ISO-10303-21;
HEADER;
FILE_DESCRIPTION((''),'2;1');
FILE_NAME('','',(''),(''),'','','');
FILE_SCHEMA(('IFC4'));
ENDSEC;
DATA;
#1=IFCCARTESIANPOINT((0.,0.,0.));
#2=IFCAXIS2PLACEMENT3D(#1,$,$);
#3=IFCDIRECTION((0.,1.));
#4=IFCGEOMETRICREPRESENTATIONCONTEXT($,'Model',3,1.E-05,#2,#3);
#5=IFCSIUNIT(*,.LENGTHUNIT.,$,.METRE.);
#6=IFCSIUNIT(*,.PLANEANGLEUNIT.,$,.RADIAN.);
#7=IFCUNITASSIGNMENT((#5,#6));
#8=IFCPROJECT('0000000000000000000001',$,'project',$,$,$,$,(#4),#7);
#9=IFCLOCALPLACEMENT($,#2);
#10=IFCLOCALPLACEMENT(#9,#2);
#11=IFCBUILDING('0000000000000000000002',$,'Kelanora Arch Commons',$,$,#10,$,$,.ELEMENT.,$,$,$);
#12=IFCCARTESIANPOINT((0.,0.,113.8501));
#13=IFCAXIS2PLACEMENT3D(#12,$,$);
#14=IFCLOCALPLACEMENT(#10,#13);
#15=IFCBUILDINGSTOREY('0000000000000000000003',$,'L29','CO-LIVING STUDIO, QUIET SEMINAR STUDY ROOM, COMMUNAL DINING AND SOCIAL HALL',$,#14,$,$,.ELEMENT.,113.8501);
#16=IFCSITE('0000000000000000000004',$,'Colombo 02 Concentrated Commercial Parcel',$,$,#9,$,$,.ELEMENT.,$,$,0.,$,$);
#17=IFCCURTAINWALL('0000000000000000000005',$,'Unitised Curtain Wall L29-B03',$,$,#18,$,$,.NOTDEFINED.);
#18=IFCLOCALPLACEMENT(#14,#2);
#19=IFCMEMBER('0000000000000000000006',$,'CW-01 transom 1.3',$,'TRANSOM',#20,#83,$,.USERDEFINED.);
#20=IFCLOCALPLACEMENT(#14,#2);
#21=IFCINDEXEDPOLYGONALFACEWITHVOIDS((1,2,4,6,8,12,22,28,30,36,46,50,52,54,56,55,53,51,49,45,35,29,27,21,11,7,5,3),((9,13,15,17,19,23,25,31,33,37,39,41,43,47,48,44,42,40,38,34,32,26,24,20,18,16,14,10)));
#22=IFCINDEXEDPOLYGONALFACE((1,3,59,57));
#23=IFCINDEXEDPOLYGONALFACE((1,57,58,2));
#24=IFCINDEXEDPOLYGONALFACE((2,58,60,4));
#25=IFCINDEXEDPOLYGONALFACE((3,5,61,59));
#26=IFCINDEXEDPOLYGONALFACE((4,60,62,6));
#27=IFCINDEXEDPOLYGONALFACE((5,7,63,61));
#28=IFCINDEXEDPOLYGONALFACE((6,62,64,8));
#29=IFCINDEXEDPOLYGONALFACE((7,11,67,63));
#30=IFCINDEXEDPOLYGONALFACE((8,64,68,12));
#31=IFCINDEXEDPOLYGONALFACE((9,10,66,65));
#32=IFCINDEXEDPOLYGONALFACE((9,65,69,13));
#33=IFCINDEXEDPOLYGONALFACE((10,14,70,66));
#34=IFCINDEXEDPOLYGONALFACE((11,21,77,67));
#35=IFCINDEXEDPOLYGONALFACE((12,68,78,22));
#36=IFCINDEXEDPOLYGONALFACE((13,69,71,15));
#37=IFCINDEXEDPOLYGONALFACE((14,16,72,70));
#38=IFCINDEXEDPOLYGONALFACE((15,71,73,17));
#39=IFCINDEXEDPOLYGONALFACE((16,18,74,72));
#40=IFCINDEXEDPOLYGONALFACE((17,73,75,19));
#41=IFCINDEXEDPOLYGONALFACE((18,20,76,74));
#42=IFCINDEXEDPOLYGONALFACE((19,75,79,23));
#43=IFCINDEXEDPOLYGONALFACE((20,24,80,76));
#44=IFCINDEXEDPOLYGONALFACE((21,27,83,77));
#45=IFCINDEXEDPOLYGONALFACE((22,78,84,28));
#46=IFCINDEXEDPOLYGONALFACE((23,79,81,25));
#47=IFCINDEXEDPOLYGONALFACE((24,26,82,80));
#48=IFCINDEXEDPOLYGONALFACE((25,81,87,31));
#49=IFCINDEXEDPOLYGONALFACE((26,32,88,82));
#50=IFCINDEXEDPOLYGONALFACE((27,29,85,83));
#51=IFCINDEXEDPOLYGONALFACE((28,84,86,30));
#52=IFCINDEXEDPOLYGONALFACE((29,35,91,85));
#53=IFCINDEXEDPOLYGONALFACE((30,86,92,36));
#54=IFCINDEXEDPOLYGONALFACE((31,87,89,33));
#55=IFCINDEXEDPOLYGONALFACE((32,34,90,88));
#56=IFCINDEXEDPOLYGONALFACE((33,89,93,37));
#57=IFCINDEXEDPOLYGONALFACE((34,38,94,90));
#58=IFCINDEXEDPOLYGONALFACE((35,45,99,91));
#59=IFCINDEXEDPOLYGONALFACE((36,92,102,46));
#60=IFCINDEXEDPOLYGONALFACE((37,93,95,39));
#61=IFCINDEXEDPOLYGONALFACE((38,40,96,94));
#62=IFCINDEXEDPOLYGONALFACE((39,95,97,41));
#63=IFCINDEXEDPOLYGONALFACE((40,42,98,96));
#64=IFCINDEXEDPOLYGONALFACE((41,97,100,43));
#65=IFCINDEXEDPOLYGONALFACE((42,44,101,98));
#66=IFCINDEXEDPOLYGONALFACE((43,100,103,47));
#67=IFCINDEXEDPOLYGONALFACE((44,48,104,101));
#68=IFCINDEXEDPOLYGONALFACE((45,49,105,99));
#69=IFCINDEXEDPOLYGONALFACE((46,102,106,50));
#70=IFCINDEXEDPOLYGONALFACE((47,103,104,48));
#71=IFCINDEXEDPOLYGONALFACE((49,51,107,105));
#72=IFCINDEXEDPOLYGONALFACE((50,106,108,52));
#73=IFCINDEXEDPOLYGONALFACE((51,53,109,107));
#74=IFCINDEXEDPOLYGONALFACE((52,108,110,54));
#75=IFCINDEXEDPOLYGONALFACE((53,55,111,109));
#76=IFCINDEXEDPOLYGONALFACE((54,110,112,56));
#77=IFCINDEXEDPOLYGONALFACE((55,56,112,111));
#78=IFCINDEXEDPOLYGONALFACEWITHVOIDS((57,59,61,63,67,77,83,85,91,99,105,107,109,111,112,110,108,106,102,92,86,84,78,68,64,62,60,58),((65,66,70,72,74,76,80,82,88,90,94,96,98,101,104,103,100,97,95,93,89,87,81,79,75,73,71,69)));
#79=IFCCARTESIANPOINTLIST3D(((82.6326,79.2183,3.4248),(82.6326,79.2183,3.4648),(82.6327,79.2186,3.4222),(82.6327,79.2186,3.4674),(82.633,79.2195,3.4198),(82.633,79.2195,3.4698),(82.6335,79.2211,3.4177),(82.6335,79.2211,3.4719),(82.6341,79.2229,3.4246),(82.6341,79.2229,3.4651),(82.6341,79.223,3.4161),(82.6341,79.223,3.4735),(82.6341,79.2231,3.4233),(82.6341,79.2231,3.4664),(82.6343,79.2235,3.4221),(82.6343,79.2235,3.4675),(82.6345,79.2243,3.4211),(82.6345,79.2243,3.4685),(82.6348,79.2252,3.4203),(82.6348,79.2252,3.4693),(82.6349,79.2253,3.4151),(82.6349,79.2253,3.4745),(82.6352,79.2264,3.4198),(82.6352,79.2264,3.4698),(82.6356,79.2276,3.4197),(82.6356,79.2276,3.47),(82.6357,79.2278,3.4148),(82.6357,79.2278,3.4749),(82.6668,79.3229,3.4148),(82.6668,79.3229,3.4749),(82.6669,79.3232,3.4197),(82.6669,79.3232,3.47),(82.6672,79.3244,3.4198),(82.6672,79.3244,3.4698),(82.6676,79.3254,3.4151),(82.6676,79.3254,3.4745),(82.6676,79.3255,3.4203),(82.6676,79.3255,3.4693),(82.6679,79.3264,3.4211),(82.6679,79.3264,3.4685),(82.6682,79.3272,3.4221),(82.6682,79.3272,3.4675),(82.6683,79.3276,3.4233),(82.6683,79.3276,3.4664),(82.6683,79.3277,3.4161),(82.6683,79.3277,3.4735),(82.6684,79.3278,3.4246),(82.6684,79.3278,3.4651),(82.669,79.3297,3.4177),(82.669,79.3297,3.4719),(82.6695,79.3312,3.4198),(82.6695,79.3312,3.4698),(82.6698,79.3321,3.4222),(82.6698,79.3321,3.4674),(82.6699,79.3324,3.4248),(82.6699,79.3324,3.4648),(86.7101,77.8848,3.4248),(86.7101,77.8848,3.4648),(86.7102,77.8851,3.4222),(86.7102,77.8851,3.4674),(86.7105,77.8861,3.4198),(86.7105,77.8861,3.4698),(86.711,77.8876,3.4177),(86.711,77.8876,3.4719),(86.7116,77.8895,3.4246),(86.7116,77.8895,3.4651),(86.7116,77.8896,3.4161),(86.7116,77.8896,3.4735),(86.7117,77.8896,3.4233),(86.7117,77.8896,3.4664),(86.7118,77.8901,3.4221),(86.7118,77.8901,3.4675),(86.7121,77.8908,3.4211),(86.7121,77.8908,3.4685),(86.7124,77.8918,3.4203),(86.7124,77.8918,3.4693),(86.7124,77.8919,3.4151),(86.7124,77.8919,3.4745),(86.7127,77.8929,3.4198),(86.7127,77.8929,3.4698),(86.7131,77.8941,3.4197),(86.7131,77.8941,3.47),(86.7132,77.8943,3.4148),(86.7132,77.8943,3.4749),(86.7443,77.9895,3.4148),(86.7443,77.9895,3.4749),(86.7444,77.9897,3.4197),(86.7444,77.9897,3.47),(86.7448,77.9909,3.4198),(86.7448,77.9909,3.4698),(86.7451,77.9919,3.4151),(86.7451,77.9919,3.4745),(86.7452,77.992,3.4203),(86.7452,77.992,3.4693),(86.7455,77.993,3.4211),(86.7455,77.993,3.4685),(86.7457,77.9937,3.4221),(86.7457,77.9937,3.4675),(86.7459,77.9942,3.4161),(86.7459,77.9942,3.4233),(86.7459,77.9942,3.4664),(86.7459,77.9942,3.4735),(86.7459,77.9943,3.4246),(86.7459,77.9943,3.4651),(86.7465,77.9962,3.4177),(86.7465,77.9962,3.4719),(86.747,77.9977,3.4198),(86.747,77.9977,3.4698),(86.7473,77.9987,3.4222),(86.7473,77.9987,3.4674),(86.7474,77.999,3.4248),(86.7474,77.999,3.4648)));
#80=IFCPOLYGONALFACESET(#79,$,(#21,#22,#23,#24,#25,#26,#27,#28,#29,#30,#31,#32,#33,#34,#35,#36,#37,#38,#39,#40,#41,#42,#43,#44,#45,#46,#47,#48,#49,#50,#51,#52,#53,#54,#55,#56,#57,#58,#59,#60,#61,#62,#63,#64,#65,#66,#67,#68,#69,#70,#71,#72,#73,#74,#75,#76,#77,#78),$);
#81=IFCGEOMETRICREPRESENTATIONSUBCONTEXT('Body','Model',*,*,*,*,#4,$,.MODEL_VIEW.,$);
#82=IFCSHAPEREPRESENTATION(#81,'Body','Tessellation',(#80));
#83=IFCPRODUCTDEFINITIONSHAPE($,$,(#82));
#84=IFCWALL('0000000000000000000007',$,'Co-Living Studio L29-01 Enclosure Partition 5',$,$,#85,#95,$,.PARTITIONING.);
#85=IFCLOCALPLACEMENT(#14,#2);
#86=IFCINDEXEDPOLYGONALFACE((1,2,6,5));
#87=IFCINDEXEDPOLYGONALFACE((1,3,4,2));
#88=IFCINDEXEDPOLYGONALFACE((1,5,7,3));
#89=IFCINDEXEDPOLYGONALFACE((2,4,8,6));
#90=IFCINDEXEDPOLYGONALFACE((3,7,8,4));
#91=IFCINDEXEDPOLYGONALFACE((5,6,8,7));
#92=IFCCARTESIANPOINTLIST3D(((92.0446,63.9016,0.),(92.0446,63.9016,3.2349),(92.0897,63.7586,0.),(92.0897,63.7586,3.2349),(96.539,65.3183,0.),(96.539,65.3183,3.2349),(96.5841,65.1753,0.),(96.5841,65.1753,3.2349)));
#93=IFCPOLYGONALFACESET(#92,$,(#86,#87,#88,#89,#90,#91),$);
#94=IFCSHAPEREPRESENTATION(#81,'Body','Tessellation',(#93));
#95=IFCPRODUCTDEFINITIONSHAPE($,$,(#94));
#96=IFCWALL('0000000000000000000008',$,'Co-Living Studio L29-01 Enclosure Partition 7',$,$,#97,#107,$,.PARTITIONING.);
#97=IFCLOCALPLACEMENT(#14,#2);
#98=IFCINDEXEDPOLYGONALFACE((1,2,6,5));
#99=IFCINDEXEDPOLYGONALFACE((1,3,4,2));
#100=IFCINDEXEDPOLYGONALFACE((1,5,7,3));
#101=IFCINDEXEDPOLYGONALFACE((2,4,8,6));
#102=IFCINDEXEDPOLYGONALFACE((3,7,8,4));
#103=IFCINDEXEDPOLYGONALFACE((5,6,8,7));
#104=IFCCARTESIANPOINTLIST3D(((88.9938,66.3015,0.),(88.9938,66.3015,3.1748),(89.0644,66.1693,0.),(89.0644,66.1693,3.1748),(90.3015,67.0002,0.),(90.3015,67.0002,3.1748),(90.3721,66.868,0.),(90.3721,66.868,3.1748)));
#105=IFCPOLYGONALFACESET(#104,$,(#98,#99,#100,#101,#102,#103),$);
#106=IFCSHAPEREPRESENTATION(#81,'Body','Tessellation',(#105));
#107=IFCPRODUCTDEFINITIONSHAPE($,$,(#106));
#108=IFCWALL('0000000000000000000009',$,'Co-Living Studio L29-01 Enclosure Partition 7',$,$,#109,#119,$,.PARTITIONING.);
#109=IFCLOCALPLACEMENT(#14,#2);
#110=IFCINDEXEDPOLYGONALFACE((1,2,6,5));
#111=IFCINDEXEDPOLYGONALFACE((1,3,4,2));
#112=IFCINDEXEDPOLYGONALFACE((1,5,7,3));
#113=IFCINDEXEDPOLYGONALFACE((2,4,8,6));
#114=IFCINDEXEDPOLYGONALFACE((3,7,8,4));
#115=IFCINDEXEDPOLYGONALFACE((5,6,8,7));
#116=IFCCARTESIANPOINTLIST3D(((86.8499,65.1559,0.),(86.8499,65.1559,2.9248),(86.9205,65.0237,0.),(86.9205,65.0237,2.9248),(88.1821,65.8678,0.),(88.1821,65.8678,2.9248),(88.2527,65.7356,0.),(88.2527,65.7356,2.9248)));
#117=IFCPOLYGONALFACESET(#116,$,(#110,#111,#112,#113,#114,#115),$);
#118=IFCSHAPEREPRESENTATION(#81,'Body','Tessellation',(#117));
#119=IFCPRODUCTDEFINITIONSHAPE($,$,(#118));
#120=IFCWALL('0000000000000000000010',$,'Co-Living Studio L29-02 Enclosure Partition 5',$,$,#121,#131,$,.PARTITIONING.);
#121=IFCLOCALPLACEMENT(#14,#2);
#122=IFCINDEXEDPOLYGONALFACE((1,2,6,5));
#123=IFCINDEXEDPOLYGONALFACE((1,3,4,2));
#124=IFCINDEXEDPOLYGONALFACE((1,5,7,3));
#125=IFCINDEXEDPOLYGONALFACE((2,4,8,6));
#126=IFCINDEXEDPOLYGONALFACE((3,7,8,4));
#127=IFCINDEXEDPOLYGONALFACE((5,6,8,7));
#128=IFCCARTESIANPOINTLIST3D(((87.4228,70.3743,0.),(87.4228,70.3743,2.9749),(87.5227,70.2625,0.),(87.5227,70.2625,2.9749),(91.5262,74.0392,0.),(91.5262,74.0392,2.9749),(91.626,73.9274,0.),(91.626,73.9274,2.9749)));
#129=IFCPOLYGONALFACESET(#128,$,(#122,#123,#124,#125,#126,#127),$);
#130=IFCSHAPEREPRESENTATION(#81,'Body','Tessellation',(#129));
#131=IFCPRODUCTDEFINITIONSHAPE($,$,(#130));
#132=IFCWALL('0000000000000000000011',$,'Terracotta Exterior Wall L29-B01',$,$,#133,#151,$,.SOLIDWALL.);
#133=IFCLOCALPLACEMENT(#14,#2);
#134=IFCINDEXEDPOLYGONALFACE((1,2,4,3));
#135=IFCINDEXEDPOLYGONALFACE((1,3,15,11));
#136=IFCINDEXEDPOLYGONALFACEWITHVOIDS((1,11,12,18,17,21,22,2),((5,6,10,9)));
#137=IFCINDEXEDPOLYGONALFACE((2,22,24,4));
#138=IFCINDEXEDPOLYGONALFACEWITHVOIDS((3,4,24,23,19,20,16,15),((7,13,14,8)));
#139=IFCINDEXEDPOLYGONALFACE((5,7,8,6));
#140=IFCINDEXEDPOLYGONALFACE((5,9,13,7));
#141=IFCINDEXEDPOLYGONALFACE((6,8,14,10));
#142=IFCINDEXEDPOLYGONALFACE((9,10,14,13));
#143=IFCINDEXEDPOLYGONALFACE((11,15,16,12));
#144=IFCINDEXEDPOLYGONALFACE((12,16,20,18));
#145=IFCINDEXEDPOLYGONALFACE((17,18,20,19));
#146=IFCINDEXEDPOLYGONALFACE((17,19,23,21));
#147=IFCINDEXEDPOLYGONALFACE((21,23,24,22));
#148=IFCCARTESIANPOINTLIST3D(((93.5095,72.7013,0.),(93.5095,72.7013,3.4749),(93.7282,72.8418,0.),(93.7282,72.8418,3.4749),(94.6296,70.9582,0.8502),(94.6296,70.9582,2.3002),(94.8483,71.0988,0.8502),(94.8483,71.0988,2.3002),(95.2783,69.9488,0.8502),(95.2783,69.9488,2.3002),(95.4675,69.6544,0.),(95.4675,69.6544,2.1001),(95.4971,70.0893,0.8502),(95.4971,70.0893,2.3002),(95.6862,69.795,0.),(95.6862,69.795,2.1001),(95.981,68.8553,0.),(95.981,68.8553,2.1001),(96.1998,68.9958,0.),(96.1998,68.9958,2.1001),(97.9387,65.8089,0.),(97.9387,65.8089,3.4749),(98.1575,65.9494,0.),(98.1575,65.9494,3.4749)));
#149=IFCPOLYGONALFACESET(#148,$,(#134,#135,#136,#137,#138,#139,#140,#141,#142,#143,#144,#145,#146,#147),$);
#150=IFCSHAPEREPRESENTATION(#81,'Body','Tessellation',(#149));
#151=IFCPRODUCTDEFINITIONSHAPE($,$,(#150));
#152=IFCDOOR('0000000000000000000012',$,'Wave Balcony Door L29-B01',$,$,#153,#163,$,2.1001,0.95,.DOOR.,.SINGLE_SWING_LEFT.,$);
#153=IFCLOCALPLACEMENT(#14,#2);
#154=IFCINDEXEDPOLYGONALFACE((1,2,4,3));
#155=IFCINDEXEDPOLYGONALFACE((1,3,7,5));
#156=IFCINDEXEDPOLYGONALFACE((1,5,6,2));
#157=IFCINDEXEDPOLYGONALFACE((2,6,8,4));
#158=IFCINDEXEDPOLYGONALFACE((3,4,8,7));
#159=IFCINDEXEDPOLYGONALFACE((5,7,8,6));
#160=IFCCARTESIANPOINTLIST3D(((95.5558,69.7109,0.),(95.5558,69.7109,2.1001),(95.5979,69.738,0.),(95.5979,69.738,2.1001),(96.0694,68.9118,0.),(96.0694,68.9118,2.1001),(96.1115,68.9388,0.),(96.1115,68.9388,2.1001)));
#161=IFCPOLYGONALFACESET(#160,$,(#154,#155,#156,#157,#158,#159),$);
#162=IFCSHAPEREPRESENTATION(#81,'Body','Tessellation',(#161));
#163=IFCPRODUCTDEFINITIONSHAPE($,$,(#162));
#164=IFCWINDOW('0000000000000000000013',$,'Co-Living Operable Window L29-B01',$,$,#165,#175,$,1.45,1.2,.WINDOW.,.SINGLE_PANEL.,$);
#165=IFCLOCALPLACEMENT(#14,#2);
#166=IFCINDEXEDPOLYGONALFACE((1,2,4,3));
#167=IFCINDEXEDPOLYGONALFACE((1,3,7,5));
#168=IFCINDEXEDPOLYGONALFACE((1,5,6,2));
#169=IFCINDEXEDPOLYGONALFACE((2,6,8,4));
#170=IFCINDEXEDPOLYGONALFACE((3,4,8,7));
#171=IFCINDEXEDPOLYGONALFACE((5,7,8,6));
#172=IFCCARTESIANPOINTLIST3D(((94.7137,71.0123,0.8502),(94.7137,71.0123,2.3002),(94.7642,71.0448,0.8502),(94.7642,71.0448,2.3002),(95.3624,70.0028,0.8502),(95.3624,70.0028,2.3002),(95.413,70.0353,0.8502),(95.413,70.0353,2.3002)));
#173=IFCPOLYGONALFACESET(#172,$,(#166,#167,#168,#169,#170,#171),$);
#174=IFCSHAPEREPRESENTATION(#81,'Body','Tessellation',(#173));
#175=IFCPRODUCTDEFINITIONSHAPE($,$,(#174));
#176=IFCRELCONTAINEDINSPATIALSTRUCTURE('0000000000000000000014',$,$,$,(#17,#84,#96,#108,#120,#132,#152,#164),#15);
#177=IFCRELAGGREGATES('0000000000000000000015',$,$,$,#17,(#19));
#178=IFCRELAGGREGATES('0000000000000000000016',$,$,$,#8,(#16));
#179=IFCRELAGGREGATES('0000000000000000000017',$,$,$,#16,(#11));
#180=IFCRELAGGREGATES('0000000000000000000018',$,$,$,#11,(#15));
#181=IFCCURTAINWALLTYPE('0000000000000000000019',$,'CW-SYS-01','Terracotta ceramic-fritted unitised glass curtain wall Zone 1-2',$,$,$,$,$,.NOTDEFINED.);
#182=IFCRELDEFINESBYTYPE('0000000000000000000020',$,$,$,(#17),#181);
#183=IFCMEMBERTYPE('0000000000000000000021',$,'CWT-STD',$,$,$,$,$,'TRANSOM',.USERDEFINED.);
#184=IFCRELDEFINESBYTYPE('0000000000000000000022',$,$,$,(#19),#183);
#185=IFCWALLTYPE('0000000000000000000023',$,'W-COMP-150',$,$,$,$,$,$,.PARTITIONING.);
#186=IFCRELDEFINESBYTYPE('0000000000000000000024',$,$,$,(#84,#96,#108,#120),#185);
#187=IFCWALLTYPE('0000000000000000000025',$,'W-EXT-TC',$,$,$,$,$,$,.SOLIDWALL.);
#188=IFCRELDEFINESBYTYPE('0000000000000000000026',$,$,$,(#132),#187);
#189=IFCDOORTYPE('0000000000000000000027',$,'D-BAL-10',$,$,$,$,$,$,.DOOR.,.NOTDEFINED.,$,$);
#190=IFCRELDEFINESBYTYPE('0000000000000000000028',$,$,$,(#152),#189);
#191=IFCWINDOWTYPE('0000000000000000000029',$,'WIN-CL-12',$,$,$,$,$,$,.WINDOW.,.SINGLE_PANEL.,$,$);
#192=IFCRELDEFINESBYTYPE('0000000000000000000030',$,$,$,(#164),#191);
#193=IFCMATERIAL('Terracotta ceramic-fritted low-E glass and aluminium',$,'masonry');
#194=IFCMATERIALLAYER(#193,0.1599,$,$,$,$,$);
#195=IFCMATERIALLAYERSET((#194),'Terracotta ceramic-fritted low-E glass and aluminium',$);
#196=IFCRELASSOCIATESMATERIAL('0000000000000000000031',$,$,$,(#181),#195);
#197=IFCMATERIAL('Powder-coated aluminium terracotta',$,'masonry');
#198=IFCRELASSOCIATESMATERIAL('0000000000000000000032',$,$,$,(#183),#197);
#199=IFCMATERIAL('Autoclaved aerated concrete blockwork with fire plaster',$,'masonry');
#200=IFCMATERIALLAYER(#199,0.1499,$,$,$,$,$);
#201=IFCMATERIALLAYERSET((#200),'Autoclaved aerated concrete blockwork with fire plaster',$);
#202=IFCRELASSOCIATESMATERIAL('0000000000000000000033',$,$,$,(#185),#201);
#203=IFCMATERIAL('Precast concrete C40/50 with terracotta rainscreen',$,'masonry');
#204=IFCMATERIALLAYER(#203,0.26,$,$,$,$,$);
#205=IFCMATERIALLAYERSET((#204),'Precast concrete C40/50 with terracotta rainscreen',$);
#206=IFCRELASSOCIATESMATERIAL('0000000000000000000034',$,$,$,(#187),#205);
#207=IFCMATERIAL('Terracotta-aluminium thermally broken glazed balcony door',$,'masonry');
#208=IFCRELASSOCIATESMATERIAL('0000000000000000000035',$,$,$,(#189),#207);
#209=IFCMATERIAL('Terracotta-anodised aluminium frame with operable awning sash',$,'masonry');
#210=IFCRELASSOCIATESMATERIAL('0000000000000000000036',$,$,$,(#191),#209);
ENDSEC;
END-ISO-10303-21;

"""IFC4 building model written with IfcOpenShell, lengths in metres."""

from ifc_helpers import new_model, si_unit, direction, frame, frame_2d, origin, origin_2d, place, context, subcontext, project, spatial, rectangle, hollow_rectangle, extrude, material, layer, layer_set, material_profile, profile_set, type_object, element, fill, aggregate, save


model = new_model("IFC4")

# Units and contexts
model_context = context("Model", 3, precision=1e-05, world=origin(), true_north=direction((0.0, 1.0)))
body_context = subcontext(model_context, "Body", "Model", "MODEL_VIEW")
ifc_project = project(units=[si_unit("LENGTHUNIT", "METRE"), si_unit("PLANEANGLEUNIT", "RADIAN")], contexts=[model_context])

# Site, building, storey
site_placement = place(None, origin())
site = spatial("IfcSite", under=ifc_project, at=site_placement, Name="Colombo 02 Concentrated Commercial Parcel", CompositionType="ELEMENT", RefElevation=0.0)
building_placement = place(site_placement, origin())
building = spatial("IfcBuilding", under=site, at=building_placement, Name="Kelanora Arch Commons", CompositionType="ELEMENT")
storey_placement = place(building_placement, frame((0.0, 0.0, 113.8501)))
storey = spatial("IfcBuildingStorey", under=building, at=storey_placement, Name="L29", Description="CO-LIVING STUDIO, QUIET SEMINAR STUDY ROOM, COMMUNAL DINING AND SOCIAL HALL", CompositionType="ELEMENT", Elevation=113.8501)

# Shared definitions
ifc_material_1 = material(Name="Terracotta ceramic-fritted low-E glass and aluminium", Category="masonry")
ifc_layer_1 = layer(ifc_material_1, 0.1599)
ifc_layer_set_1 = layer_set([ifc_layer_1], Name="Terracotta ceramic-fritted low-E glass and aluminium")
curtain_wall_type = type_object("IfcCurtainWallType", Name="CW-SYS-01", Description="Terracotta ceramic-fritted unitised glass curtain wall Zone 1-2", PredefinedType="NOTDEFINED", material=ifc_layer_set_1)
ifc_material_2 = material(Name="Powder-coated aluminium terracotta", Category="masonry")

# Curtain wall, member
curtain_wall_1_placement = place(storey_placement, origin())
curtain_wall_1 = element("IfcCurtainWall", 1, at=curtain_wall_1_placement, inside=storey, type_object=curtain_wall_type, Name="Unitised Curtain Wall L29-B03", PredefinedType="NOTDEFINED")
ifc_material_profile_1 = material_profile(ifc_material_2, hollow_rectangle(XDim=0.1201, YDim=0.0601, WallThickness=0.0049, InnerFilletRadius=0.0049, OuterFilletRadius=0.01, at=origin_2d()), Name="CWT120x60")
ifc_profile_set_1 = profile_set([ifc_material_profile_1], Name="Powder-coated aluminium terracotta")
member_type_1 = type_object("IfcMemberType", Name="CWT-STD", ElementType="TRANSOM", PredefinedType="USERDEFINED", material=ifc_profile_set_1)
member_1_placement = place(storey_placement, frame((86.7288, 77.9419, 3.4448), z_axis=(-0.950466, 0.310828, 0.0), x_axis=(-0.310828, -0.950466, 0.0)))
member_1 = element("IfcMember", 2, at=member_1_placement, type_object=member_type_1, Name="CW-01 transom 1.3", ObjectType="TRANSOM", PredefinedType="USERDEFINED", context=body_context, shape_type="SweptSolid", body=[
    extrude(hollow_rectangle(XDim=0.1201, YDim=0.0601, WallThickness=0.0049, InnerFilletRadius=0.0049, OuterFilletRadius=0.01, at=origin_2d()), origin(), (0.0, 0.0, 1.0), 4.29),
])
aggregate(curtain_wall_1, [member_1])

# Walls
ifc_material_3 = material(Name="Autoclaved aerated concrete blockwork with fire plaster", Category="masonry")
ifc_layer_2 = layer(ifc_material_3, 0.1499)
ifc_layer_set_2 = layer_set([ifc_layer_2], Name="Autoclaved aerated concrete blockwork with fire plaster")
wall_type_1 = type_object("IfcWallType", Name="W-COMP-150", PredefinedType="PARTITIONING", material=ifc_layer_set_2)
wall_1_placement = place(storey_placement, frame((96.5615, 65.2468, 0.0), z_axis=(0.0, 0.0, 1.0), x_axis=(-0.953737, -0.300643, 0.0)))
element("IfcWall", 3, at=wall_1_placement, inside=storey, type_object=wall_type_1, Name="Co-Living Studio L29-01 Enclosure Partition 5", PredefinedType="PARTITIONING", context=body_context, shape_type="SweptSolid", body=[
    extrude(rectangle(XDim=4.7124, YDim=0.1499, at=frame_2d((2.3562, 0.0))), origin(), (0.0, 0.0, 1.0), 3.2349),
])
wall_2_placement = place(storey_placement, frame((90.3367, 66.9341, 0.0), z_axis=(0.0, 0.0, 1.0), x_axis=(-0.881979, -0.471289, 0.0)))
element("IfcWall", 4, at=wall_2_placement, inside=storey, type_object=wall_type_1, Name="Co-Living Studio L29-01 Enclosure Partition 7", PredefinedType="PARTITIONING", context=body_context, shape_type="SweptSolid", body=[
    extrude(rectangle(XDim=1.4827, YDim=0.1499, at=frame_2d((0.7412, 0.0))), origin(), (0.0, 0.0, 1.0), 3.1748),
])
wall_3_placement = place(storey_placement, frame((88.2175, 65.8018, 0.0), z_axis=(0.0, 0.0, 1.0), x_axis=(-0.881977, -0.471293, 0.0)))
element("IfcWall", 5, at=wall_3_placement, inside=storey, type_object=wall_type_1, Name="Co-Living Studio L29-01 Enclosure Partition 7", PredefinedType="PARTITIONING", context=body_context, shape_type="SweptSolid", body=[
    extrude(rectangle(XDim=1.5105, YDim=0.1499, at=frame_2d((0.7554, 0.0))), origin(), (0.0, 0.0, 1.0), 2.9248),
])
wall_4_placement = place(storey_placement, frame((91.5762, 73.9834, 0.0), z_axis=(0.0, 0.0, 1.0), x_axis=(-0.745833, -0.666133, 0.0)))
element("IfcWall", 6, at=wall_4_placement, inside=storey, type_object=wall_type_1, Name="Co-Living Studio L29-02 Enclosure Partition 5", PredefinedType="PARTITIONING", context=body_context, shape_type="SweptSolid", body=[
    extrude(rectangle(XDim=5.5017, YDim=0.1499, at=frame_2d((2.751, 0.0))), origin(), (0.0, 0.0, 1.0), 2.9749),
])

# Wall, openings, door, window
ifc_material_4 = material(Name="Precast concrete C40/50 with terracotta rainscreen", Category="masonry")
ifc_layer_3 = layer(ifc_material_4, 0.26)
ifc_layer_set_3 = layer_set([ifc_layer_3], Name="Precast concrete C40/50 with terracotta rainscreen")
wall_type_2 = type_object("IfcWallType", Name="W-EXT-TC", PredefinedType="SOLIDWALL", material=ifc_layer_set_3)
wall_5_placement = place(storey_placement, frame((98.0481, 65.8792, 0.0), z_axis=(0.0, 0.0, 1.0), x_axis=(-0.540621, 0.841267, 0.0)))
wall_5 = element("IfcWall", 7, at=wall_5_placement, inside=storey, type_object=wall_type_2, Name="Terracotta Exterior Wall L29-B01", PredefinedType="SOLIDWALL", context=body_context, shape_type="SweptSolid", body=[
    extrude(rectangle(XDim=8.1929, YDim=0.26, at=frame_2d((4.0964, 0.0))), origin(), (0.0, 0.0, 1.0), 3.4749),
])
opening_1_placement = place(wall_5_placement, frame((3.6211, 0.0, 0.0)))
opening_1 = element("IfcOpeningElement", 8, at=opening_1_placement, cuts=wall_5, PredefinedType="OPENING", context=body_context, shape_type="SweptSolid", body=[
    extrude(rectangle(XDim=0.95, YDim=2.1001, at=frame_2d((0.4751, 1.05))), frame((0.0, 0.1401, 0.0), z_axis=(0.0, -1.0, 0.0), x_axis=(1.0, 0.0, 0.0)), (0.0, 0.0, 1.0), 0.28),
])
opening_2_placement = place(wall_5_placement, frame((4.9209, 0.0, 0.8501)))
opening_2 = element("IfcOpeningElement", 9, at=opening_2_placement, cuts=wall_5, PredefinedType="OPENING", context=body_context, shape_type="SweptSolid", body=[
    extrude(rectangle(XDim=1.2, YDim=1.45, at=frame_2d((0.6001, 0.7251))), frame((0.0, 0.1401, 0.0), z_axis=(0.0, -1.0, 0.0), x_axis=(1.0, 0.0, 0.0)), (0.0, 0.0, 1.0), 0.28),
])
ifc_material_5 = material(Name="Terracotta-aluminium thermally broken glazed balcony door", Category="masonry")
door_type = type_object("IfcDoorType", Name="D-BAL-10", OperationType="NOTDEFINED", PredefinedType="DOOR", material=ifc_material_5)
door_1_placement = place(opening_1_placement, frame((0.95, 0.0, 0.0), z_axis=(0.0, 0.0, 1.0), x_axis=(-1.0, 0.0, 0.0)))
door_1 = element("IfcDoor", 10, at=door_1_placement, inside=storey, type_object=door_type, Name="Wave Balcony Door L29-B01", OperationType="SINGLE_SWING_LEFT", OverallHeight=2.1001, OverallWidth=0.95, PredefinedType="DOOR", context=body_context, shape_type="SweptSolid", body=[
    extrude(rectangle(XDim=0.95, YDim=2.1001, at=frame_2d((0.4751, 1.05))), frame((0.0, 0.0249, 0.0), z_axis=(0.0, -1.0, 0.0), x_axis=(1.0, 0.0, 0.0)), (0.0, 0.0, 1.0), 0.05),
])
fill(opening_1, door_1)
ifc_material_6 = material(Name="Terracotta-anodised aluminium frame with operable awning sash", Category="masonry")
window_type = type_object("IfcWindowType", Name="WIN-CL-12", PartitioningType="SINGLE_PANEL", PredefinedType="WINDOW", material=ifc_material_6)
window_1_placement = place(opening_2_placement, origin())
window_1 = element("IfcWindow", 11, at=window_1_placement, inside=storey, type_object=window_type, Name="Co-Living Operable Window L29-B01", OverallHeight=1.45, OverallWidth=1.2, PartitioningType="SINGLE_PANEL", PredefinedType="WINDOW", context=body_context, shape_type="SweptSolid", body=[
    extrude(rectangle(XDim=1.2, YDim=1.45, at=frame_2d((0.6001, 0.7251))), frame((0.0, 0.03, 0.0), z_axis=(0.0, -1.0, 0.0), x_axis=(1.0, 0.0, 0.0)), (0.0, 0.0, 1.0), 0.0601),
])
fill(opening_2, window_1)

save(model, "model.ifc")
